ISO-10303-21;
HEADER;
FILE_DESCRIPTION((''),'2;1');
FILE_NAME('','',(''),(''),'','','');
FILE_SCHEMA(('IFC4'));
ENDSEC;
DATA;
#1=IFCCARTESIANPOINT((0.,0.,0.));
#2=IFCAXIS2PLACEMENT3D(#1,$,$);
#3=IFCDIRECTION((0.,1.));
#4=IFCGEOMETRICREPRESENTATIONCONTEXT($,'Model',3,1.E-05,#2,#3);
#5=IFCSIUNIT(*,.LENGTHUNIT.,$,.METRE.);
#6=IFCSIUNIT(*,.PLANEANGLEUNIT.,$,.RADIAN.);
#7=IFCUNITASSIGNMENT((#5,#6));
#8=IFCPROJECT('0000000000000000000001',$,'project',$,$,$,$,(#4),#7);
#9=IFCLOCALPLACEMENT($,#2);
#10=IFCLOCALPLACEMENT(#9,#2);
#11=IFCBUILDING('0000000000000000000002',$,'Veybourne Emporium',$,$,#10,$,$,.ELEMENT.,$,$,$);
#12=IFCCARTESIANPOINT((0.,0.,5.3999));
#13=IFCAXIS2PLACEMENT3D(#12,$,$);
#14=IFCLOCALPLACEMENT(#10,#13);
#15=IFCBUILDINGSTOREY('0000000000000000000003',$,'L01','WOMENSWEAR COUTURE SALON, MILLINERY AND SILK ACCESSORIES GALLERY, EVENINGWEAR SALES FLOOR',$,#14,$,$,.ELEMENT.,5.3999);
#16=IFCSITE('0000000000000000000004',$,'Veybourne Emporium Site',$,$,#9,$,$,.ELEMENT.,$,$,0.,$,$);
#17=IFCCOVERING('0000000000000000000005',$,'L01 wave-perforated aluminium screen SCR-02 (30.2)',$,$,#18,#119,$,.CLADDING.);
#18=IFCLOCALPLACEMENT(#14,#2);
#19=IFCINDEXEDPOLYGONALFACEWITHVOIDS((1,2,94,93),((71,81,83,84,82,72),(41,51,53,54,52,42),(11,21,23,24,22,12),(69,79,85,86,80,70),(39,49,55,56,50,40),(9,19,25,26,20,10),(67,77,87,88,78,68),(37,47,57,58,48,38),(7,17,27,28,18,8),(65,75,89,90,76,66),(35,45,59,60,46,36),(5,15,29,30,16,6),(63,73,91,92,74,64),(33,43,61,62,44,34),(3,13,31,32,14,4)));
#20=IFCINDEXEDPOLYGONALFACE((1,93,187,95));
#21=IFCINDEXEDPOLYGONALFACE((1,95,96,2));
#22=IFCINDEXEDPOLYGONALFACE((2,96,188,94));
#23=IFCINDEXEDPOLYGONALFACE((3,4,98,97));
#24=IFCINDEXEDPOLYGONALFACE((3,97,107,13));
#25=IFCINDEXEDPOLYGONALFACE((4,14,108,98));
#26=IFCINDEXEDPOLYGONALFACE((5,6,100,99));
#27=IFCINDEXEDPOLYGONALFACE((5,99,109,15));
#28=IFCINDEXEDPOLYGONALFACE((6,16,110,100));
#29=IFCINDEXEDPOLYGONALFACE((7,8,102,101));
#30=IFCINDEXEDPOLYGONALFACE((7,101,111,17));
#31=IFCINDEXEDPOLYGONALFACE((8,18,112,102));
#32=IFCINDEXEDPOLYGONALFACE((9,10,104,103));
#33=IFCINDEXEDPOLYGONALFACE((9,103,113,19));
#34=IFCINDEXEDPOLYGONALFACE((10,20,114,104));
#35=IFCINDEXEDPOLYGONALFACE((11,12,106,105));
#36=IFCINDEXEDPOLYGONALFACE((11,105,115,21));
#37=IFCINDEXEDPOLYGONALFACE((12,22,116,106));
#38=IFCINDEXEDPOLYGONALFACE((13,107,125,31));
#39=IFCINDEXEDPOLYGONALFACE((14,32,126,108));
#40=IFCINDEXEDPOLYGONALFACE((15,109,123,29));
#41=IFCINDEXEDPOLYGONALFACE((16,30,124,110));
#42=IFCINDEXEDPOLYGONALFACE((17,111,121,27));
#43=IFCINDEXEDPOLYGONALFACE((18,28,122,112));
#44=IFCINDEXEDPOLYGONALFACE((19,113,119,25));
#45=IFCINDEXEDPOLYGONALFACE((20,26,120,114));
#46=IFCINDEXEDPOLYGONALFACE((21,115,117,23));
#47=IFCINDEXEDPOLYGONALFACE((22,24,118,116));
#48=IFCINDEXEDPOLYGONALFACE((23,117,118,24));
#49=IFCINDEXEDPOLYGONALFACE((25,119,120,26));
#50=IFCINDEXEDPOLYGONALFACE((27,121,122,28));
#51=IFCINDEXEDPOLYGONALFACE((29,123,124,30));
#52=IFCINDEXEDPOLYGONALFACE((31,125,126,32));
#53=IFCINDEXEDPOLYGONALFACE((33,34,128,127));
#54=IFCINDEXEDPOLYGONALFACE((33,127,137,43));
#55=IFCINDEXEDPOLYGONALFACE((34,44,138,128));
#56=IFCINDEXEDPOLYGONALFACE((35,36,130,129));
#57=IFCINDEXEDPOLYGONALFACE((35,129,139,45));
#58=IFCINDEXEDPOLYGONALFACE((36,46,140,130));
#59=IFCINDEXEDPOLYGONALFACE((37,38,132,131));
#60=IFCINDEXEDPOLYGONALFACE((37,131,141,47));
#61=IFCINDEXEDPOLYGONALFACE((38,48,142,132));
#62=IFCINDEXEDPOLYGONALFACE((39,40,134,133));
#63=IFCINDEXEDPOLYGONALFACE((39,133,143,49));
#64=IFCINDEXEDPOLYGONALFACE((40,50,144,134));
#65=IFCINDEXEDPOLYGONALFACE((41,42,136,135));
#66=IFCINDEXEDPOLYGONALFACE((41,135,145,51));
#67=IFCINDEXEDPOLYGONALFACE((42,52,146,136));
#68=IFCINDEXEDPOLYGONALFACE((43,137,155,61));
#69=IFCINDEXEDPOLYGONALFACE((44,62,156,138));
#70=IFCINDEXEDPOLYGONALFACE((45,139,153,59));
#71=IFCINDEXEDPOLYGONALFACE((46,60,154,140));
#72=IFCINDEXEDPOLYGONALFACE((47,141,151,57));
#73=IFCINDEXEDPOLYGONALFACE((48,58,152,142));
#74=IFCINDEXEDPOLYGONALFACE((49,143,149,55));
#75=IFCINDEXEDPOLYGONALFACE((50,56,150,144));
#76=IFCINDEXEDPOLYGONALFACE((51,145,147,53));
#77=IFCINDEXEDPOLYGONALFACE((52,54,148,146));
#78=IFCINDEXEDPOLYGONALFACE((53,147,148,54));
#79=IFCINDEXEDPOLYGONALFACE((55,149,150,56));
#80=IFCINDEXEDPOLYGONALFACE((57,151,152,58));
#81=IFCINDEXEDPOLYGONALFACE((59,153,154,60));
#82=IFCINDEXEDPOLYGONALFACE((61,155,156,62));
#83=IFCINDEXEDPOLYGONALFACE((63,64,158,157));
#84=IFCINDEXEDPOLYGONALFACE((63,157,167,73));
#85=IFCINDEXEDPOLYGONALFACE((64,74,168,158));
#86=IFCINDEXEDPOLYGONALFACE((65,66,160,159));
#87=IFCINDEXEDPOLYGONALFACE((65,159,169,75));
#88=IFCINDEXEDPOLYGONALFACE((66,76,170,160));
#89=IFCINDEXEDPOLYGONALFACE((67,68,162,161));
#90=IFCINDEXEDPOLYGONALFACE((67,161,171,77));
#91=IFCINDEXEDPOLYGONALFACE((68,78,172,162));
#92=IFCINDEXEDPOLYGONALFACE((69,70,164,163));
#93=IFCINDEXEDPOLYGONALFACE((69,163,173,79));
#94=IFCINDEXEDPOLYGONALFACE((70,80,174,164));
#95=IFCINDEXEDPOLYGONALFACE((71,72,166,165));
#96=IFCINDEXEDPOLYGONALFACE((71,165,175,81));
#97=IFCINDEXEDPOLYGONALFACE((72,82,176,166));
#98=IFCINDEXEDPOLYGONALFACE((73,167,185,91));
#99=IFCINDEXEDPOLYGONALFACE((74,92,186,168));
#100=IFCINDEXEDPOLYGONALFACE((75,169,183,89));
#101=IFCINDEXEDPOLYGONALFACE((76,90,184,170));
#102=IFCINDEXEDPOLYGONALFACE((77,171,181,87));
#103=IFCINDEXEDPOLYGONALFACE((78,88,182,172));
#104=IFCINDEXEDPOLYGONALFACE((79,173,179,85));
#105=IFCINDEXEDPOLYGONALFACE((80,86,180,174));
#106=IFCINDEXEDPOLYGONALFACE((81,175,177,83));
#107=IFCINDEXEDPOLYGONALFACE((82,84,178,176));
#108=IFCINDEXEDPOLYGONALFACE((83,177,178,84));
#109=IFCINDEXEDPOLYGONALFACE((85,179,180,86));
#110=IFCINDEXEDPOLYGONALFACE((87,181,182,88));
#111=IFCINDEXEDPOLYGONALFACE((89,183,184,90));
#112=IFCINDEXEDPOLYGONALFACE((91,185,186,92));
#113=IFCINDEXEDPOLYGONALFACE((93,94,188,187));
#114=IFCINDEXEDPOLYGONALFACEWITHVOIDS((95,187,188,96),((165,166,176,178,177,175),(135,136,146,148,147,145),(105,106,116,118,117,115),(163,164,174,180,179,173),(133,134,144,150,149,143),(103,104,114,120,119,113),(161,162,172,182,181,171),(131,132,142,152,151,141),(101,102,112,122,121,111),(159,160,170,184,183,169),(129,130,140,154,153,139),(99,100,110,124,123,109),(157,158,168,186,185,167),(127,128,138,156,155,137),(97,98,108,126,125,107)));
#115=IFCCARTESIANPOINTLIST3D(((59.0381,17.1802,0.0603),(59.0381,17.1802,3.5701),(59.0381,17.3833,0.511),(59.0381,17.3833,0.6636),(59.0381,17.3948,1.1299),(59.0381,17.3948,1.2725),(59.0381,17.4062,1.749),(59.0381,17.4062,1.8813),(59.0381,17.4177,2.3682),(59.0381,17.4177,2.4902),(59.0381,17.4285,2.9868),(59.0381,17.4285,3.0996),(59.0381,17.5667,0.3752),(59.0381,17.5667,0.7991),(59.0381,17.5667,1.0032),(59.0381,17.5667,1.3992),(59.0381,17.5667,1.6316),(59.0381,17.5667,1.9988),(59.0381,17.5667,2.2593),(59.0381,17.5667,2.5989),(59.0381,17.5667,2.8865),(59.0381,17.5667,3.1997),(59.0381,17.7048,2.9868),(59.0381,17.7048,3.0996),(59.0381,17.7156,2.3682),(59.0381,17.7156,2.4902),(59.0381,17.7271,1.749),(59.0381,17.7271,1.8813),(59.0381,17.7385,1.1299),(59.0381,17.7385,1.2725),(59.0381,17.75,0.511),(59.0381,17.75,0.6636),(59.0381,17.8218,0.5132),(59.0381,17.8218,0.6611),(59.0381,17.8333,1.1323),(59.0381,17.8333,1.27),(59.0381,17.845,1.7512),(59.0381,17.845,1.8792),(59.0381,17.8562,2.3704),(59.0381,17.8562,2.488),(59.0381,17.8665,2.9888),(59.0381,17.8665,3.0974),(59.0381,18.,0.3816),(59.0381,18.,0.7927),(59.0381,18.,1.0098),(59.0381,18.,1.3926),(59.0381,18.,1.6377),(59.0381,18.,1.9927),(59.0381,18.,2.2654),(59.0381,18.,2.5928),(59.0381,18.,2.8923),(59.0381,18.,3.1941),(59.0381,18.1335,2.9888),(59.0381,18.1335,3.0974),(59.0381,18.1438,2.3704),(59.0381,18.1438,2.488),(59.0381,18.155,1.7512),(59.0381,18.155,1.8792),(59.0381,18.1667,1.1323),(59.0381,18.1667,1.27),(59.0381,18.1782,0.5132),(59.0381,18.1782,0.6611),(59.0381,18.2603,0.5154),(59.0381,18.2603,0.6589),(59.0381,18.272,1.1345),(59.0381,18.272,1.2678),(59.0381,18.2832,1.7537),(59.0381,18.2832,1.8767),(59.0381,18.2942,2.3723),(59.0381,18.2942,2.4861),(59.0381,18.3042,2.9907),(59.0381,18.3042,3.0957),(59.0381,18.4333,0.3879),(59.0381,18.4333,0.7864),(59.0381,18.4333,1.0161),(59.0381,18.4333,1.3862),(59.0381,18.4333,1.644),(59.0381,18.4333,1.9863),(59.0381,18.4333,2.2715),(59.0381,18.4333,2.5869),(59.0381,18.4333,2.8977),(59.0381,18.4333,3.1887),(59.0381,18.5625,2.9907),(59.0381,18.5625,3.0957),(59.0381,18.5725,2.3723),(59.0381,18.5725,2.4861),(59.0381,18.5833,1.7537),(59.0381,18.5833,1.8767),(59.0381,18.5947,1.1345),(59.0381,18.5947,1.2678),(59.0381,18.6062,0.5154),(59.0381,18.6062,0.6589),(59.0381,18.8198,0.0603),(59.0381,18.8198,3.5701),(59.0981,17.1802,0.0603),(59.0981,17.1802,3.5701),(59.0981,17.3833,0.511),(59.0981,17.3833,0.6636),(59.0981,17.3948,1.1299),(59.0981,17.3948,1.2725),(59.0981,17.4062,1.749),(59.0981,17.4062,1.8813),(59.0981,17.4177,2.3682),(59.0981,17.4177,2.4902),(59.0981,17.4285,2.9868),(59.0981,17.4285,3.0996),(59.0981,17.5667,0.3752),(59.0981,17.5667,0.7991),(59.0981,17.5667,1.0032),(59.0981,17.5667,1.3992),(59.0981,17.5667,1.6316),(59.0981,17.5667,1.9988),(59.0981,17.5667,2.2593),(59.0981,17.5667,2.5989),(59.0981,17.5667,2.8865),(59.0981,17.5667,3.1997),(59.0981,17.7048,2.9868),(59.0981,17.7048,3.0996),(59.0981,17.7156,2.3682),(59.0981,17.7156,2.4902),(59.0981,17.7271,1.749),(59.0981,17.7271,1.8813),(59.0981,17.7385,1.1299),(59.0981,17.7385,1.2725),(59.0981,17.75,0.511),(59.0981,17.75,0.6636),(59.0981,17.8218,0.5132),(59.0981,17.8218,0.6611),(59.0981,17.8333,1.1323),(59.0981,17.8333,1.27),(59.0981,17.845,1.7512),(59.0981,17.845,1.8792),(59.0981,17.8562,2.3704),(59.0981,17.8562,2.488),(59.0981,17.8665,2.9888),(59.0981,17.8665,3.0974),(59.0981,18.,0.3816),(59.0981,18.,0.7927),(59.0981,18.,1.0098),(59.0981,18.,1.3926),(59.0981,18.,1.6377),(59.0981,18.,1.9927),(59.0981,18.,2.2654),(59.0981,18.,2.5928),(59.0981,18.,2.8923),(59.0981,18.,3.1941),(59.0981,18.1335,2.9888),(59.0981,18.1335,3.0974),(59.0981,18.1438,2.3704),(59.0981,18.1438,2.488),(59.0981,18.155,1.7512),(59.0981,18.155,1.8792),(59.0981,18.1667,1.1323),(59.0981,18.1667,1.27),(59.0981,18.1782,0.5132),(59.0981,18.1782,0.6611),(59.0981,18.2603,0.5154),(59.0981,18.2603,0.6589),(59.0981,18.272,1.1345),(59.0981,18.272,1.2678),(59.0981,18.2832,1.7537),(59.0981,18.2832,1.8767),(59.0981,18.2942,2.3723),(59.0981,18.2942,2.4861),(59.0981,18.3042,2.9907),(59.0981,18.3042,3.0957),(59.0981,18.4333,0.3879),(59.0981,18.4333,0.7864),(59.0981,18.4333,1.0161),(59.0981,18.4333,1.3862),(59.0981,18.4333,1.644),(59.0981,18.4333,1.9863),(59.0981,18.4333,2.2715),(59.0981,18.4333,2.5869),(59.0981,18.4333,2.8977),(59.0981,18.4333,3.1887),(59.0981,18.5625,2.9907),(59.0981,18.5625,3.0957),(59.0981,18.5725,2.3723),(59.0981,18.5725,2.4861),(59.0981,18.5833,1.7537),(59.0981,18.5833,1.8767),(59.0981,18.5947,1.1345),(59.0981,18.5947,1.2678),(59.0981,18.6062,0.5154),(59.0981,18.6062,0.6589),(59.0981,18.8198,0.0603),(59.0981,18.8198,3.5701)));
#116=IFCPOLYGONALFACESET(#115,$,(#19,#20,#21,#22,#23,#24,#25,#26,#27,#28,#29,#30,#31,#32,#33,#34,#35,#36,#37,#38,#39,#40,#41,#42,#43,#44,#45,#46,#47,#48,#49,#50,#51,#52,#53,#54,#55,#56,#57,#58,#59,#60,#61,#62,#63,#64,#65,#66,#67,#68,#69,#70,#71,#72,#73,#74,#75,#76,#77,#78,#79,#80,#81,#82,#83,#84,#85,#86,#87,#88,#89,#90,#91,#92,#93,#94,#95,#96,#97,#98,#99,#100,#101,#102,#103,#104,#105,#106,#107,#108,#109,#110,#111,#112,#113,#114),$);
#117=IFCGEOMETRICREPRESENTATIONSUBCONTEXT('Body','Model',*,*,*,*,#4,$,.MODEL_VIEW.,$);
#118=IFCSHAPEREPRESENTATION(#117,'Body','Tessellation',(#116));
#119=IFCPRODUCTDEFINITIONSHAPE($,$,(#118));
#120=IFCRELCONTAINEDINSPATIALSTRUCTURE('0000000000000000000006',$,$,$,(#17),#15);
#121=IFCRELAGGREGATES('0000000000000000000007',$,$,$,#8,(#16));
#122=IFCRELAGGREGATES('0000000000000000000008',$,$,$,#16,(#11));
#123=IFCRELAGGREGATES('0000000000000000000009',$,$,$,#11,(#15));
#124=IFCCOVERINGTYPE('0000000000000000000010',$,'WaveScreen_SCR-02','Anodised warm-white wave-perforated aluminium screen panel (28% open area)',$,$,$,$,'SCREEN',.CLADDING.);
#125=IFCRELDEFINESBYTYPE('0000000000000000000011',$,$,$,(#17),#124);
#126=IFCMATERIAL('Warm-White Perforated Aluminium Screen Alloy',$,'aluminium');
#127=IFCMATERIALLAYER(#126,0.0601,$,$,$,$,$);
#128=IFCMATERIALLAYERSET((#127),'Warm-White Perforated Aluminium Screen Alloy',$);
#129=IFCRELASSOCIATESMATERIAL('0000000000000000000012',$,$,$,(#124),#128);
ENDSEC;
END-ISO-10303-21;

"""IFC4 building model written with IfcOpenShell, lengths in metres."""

from ifc_helpers import new_model, si_unit, direction, frame, origin, place, context, subcontext, project, spatial, polyline, outline, extrude, material, layer, layer_set, type_object, element, save


model = new_model("IFC4")

# Units and contexts
model_context = context("Model", 3, precision=1e-05, world=origin(), true_north=direction((0.0, 1.0)))
body_context = subcontext(model_context, "Body", "Model", "MODEL_VIEW")
ifc_project = project(units=[si_unit("LENGTHUNIT", "METRE"), si_unit("PLANEANGLEUNIT", "RADIAN")], contexts=[model_context])

# Site, building, storey
site_placement = place(None, origin())
site = spatial("IfcSite", under=ifc_project, at=site_placement, Name="Veybourne Emporium Site", CompositionType="ELEMENT", RefElevation=0.0)
building_placement = place(site_placement, origin())
building = spatial("IfcBuilding", under=site, at=building_placement, Name="Veybourne Emporium", CompositionType="ELEMENT")
storey_placement = place(building_placement, frame((0.0, 0.0, 5.3999)))
storey = spatial("IfcBuildingStorey", under=building, at=storey_placement, Name="L01", Description="WOMENSWEAR COUTURE SALON, MILLINERY AND SILK ACCESSORIES GALLERY, EVENINGWEAR SALES FLOOR", CompositionType="ELEMENT", Elevation=5.3999)

# Covering
ifc_material_1 = material(Name="Warm-White Perforated Aluminium Screen Alloy", Category="aluminium")
ifc_layer_1 = layer(ifc_material_1, 0.0601)
ifc_layer_set_1 = layer_set([ifc_layer_1], Name="Warm-White Perforated Aluminium Screen Alloy")
covering_type_1 = type_object("IfcCoveringType", Name="WaveScreen_SCR-02", Description="Anodised warm-white wave-perforated aluminium screen panel (28% open area)", ElementType="SCREEN", PredefinedType="CLADDING", material=ifc_layer_set_1)
covering_1_placement = place(storey_placement, frame((59.0981, 18.0, 1.8152), z_axis=(-1.0, 0.0, 0.0), x_axis=(0.0, -1.0, 0.0)))
element("IfcCovering", 1, at=covering_1_placement, inside=storey, type_object=covering_type_1, Name="L01 wave-perforated aluminium screen SCR-02 (30.2)", PredefinedType="CLADDING", context=body_context, shape_type="SweptSolid", body=[
    extrude(outline(polyline([(-0.8198, -1.7549), (0.8198, -1.7549), (0.8198, 1.7549), (-0.8198, 1.7549), (-0.8198, -1.7549)]), holes=[polyline([(-0.4333, -1.0288), (-0.2603, -1.1562), (-0.2603, -1.2998), (-0.4333, -1.4272), (-0.6062, -1.2998), (-0.6062, -1.1562), (-0.4333, -1.0288)]), polyline([(-0.4333, -0.429), (-0.272, -0.5474), (-0.272, -0.6807), (-0.4333, -0.7991), (-0.5947, -0.6807), (-0.5947, -0.5474), (-0.4333, -0.429)]), polyline([(-0.4333, 0.1711), (-0.2832, 0.0615), (-0.2832, -0.0615), (-0.4333, -0.1711), (-0.5833, -0.0615), (-0.5833, 0.0615), (-0.4333, 0.1711)]), polyline([(-0.4333, 0.7717), (-0.2942, 0.6709), (-0.2942, 0.5571), (-0.4333, 0.4563), (-0.5725, 0.5571), (-0.5725, 0.6709), (-0.4333, 0.7717)]), polyline([(-0.4333, 1.3735), (-0.3042, 1.2805), (-0.3042, 1.1755), (-0.4333, 1.0825), (-0.5625, 1.1755), (-0.5625, 1.2805), (-0.4333, 1.3735)]), polyline([(0.0, -1.0225), (0.1782, -1.1541), (0.1782, -1.302), (0.0, -1.4336), (-0.1782, -1.302), (-0.1782, -1.1541), (0.0, -1.0225)]), polyline([(0.0, -0.4226), (0.1667, -0.5452), (0.1667, -0.6829), (0.0, -0.8054), (-0.1667, -0.6829), (-0.1667, -0.5452), (0.0, -0.4226)]), polyline([(0.0, 0.1775), (0.155, 0.064), (0.155, -0.064), (0.0, -0.1775), (-0.155, -0.064), (-0.155, 0.064), (0.0, 0.1775)]), polyline([(0.0, 0.7776), (0.1438, 0.6729), (0.1438, 0.5552), (0.0, 0.4502), (-0.1438, 0.5552), (-0.1438, 0.6729), (0.0, 0.7776)]), polyline([(0.0, 1.3789), (0.1335, 1.2822), (0.1335, 1.1736), (0.0, 1.0771), (-0.1335, 1.1736), (-0.1335, 1.2822), (0.0, 1.3789)]), polyline([(0.4333, -1.0161), (0.6167, -1.1516), (0.6167, -1.3042), (0.4333, -1.4399), (0.25, -1.3042), (0.25, -1.1516), (0.4333, -1.0161)]), polyline([(0.4333, -0.416), (0.6052, -0.5427), (0.6052, -0.6853), (0.4333, -0.812), (0.2615, -0.6853), (0.2615, -0.5427), (0.4333, -0.416)]), polyline([(0.4333, 0.1836), (0.5938, 0.0662), (0.5938, -0.0662), (0.4333, -0.1836), (0.2729, -0.0662), (0.2729, 0.0662), (0.4333, 0.1836)]), polyline([(0.4333, 0.7837), (0.5823, 0.675), (0.5823, 0.553), (0.4333, 0.4441), (0.2844, 0.553), (0.2844, 0.675), (0.4333, 0.7837)]), polyline([(0.4333, 1.3845), (0.5715, 1.2844), (0.5715, 1.1716), (0.4333, 1.0713), (0.2952, 1.1716), (0.2952, 1.2844), (0.4333, 1.3845)])]), origin(), (0.0, 0.0, 1.0), 0.0601),
])

save(model, "model.ifc")
